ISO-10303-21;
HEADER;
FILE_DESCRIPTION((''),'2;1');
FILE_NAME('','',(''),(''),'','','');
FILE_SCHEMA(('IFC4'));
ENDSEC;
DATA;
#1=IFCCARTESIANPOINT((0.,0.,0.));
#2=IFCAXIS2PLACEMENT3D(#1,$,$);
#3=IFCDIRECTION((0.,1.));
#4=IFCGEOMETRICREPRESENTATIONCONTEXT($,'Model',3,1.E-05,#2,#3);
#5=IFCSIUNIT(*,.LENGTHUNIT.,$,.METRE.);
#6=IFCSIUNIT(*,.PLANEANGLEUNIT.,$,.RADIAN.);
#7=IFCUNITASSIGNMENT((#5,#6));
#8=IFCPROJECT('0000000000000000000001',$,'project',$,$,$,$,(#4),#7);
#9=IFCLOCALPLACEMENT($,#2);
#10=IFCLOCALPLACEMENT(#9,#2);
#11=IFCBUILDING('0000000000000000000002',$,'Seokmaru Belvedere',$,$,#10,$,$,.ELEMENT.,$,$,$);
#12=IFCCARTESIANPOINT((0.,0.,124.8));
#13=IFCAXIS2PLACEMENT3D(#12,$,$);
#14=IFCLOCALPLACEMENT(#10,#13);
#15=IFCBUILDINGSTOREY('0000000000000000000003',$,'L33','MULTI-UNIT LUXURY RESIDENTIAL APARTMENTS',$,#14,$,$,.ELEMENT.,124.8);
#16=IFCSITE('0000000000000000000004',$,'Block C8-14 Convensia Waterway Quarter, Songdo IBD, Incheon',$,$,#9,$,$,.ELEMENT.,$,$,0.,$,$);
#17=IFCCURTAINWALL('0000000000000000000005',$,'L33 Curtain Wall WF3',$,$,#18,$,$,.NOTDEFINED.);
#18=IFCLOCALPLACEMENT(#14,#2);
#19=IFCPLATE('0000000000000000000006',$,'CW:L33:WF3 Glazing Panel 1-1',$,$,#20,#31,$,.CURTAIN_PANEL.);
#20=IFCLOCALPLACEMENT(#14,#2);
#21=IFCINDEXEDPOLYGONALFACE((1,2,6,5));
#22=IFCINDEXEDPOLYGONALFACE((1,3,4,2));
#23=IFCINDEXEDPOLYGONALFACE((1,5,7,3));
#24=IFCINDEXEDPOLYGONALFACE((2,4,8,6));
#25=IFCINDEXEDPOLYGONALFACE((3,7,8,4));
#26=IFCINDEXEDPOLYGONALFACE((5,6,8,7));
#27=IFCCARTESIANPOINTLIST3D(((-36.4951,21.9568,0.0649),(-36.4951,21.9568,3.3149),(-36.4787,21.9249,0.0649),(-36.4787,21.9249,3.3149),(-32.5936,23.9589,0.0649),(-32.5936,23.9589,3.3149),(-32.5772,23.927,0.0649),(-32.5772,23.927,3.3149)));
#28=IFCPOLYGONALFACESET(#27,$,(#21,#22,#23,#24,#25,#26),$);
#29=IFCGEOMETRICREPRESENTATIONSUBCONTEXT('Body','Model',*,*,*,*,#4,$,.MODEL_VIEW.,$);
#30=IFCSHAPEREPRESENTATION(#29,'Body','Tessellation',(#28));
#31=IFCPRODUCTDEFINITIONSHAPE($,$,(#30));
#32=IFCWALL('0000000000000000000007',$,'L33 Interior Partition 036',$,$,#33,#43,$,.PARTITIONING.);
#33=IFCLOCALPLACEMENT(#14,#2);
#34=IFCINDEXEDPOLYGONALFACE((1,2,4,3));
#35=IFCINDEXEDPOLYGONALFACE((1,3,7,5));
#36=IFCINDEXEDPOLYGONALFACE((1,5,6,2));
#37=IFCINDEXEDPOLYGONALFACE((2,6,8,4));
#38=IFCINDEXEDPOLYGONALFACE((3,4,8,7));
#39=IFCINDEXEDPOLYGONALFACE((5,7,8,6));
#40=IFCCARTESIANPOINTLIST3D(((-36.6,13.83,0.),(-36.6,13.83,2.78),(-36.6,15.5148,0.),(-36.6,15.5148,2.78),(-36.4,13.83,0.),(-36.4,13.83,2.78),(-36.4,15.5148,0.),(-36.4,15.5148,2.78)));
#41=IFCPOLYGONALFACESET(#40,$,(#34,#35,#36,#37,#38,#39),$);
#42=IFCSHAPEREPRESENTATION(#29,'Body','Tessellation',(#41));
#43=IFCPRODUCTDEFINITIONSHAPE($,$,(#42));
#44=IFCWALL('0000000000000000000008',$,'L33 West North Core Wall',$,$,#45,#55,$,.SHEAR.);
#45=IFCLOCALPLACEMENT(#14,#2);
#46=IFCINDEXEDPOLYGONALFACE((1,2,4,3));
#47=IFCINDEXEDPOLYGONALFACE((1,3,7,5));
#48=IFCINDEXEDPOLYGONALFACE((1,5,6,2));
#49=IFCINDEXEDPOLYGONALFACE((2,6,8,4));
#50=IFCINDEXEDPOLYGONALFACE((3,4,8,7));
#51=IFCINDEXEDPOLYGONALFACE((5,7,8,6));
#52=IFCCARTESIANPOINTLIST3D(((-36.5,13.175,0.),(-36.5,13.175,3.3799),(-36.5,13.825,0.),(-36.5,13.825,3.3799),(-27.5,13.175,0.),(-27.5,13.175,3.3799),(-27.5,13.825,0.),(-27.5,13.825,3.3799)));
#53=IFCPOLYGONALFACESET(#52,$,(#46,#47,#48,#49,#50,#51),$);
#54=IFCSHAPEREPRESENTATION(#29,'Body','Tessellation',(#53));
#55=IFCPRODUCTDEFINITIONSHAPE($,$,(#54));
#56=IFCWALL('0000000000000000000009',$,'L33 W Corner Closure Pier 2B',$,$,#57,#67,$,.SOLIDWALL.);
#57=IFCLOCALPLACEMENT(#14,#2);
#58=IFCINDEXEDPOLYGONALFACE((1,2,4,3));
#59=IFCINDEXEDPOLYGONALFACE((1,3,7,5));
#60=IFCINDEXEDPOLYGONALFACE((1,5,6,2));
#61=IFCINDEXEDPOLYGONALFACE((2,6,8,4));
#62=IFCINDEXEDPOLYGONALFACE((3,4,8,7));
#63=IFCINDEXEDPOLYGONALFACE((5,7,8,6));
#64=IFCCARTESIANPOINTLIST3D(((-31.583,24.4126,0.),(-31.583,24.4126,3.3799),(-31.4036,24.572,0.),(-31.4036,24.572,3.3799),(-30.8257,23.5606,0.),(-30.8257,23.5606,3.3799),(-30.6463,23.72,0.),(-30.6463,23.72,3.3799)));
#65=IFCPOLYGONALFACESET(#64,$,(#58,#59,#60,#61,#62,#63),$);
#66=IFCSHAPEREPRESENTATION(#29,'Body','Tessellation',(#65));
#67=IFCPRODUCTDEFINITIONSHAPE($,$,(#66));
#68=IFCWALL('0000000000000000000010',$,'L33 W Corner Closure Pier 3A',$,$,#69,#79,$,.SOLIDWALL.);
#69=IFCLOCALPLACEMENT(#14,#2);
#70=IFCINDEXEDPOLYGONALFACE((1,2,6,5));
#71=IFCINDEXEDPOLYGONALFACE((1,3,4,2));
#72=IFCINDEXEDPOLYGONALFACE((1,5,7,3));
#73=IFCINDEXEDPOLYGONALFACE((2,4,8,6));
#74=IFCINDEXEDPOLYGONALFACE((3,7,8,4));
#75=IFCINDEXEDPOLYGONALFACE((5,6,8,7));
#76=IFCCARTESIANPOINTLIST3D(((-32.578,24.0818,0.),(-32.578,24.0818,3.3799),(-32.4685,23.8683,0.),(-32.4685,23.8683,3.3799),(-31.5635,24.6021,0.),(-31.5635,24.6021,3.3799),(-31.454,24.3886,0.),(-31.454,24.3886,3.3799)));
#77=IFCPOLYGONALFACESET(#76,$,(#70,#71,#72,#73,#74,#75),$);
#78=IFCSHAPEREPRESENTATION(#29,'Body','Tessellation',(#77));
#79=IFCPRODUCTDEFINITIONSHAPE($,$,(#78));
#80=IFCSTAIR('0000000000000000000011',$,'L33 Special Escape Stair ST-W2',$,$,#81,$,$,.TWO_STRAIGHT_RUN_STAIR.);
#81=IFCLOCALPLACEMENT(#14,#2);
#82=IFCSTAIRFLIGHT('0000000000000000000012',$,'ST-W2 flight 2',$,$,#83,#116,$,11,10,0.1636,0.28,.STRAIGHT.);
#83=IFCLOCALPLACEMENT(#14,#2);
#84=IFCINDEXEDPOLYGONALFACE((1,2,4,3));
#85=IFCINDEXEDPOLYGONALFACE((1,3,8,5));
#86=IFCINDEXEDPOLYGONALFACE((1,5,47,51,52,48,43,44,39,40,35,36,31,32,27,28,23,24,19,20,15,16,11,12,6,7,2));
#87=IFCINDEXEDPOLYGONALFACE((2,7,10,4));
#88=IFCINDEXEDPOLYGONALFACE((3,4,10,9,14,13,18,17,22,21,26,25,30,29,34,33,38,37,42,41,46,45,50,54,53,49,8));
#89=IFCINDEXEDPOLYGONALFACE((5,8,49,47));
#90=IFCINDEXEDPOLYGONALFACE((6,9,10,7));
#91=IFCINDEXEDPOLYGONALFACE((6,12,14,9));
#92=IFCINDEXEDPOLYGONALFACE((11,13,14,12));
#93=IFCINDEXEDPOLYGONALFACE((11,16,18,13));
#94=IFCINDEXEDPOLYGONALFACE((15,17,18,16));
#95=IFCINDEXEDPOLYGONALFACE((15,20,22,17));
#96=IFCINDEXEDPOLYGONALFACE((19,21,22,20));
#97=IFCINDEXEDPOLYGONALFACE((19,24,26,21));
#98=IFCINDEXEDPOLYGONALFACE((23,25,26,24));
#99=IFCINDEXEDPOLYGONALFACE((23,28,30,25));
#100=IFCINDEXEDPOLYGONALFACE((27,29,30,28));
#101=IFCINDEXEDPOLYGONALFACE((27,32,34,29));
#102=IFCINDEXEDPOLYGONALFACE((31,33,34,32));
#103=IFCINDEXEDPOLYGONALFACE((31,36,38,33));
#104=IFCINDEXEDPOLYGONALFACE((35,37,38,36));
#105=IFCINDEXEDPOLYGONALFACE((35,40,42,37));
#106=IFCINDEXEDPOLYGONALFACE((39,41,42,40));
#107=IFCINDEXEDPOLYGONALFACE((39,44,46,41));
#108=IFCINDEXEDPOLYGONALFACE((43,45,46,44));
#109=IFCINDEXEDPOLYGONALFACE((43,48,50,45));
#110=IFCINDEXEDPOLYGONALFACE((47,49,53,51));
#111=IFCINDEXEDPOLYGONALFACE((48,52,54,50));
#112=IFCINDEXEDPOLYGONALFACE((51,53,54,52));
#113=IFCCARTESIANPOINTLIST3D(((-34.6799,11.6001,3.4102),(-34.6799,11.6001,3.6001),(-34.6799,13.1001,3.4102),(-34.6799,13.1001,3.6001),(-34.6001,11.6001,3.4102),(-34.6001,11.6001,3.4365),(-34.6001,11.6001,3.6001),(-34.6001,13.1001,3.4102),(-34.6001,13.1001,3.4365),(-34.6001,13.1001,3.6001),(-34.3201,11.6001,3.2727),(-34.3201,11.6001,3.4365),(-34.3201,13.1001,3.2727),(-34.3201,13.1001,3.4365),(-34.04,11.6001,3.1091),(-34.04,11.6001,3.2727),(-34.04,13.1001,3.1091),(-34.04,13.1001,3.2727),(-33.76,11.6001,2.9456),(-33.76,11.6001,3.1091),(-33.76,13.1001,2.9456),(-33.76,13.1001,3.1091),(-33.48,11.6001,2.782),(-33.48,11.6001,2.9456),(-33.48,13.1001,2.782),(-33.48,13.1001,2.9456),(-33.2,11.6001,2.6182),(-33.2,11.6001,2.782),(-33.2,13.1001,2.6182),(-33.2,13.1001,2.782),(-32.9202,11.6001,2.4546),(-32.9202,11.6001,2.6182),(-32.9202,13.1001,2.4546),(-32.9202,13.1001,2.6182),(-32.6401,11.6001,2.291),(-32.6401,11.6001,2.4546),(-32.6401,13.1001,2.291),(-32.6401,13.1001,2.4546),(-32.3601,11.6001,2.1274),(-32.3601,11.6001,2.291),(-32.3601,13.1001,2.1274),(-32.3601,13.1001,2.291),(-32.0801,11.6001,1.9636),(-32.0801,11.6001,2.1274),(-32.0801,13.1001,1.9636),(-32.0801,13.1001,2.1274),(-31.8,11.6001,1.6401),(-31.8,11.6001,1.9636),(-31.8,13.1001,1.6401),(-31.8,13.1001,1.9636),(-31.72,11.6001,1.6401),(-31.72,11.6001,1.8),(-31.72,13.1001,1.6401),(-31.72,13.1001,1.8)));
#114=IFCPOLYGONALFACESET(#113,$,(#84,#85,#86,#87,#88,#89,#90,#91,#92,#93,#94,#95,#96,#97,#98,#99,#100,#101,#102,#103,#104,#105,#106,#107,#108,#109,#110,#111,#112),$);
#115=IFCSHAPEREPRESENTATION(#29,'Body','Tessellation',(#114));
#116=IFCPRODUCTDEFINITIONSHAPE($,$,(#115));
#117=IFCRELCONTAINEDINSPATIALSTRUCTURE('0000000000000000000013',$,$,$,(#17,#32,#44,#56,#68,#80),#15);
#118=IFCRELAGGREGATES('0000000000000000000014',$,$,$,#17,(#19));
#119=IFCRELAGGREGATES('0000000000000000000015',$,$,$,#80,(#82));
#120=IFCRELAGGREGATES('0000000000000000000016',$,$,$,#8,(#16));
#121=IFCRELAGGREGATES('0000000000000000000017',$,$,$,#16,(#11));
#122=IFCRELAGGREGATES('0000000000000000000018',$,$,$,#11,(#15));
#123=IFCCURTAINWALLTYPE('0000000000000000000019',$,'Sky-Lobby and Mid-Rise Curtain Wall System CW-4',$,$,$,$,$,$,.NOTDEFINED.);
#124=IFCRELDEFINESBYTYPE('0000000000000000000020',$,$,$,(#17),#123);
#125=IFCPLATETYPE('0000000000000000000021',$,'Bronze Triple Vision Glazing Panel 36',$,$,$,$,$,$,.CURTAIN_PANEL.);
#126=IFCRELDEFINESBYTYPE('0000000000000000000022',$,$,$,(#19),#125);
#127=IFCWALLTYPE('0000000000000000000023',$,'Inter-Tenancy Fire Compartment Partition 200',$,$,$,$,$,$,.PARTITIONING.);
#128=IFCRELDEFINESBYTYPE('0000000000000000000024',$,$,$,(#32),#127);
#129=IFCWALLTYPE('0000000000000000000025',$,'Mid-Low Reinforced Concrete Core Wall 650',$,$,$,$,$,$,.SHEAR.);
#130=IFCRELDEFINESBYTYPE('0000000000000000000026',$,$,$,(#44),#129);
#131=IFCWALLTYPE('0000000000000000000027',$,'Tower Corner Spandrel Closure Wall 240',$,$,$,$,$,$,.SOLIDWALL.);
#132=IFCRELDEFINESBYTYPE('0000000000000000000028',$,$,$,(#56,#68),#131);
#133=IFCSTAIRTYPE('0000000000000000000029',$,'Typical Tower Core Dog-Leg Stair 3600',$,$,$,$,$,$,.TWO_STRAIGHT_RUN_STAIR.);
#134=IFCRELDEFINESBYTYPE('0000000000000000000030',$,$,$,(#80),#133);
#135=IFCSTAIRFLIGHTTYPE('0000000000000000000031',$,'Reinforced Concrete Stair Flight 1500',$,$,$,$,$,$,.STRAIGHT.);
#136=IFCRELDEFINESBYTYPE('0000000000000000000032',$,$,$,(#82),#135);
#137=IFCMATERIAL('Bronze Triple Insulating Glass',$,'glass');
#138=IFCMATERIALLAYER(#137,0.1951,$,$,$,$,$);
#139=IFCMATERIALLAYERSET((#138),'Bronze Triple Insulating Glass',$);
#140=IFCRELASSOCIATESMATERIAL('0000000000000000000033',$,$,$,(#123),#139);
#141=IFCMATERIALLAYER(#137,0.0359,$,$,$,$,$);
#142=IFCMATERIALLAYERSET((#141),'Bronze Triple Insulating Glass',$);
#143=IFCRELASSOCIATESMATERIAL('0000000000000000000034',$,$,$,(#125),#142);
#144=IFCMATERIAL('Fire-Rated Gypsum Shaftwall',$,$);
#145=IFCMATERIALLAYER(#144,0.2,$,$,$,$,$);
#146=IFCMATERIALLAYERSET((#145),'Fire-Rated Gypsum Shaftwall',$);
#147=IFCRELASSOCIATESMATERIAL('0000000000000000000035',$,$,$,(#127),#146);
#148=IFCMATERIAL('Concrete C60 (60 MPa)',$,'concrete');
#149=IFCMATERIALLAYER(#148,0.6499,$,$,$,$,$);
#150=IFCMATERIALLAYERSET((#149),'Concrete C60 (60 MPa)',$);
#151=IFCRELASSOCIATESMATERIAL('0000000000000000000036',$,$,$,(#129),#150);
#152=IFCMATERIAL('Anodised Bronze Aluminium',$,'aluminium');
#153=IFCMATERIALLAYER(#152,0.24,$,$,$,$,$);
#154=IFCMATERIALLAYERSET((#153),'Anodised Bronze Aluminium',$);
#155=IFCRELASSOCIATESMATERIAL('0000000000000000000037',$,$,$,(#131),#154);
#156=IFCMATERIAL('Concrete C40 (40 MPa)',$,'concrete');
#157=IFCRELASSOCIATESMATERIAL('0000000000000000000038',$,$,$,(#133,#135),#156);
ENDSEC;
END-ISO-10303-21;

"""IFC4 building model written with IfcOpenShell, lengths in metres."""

from ifc_helpers import new_model, si_unit, direction, frame, frame_2d, origin, origin_2d, place, context, subcontext, project, spatial, polyline, rectangle, outline, extrude, source, transform, mapped, material, layer, layer_set, type_object, type_shapes, element, aggregate, save


model = new_model("IFC4")

# Units and contexts
model_context = context("Model", 3, precision=1e-05, world=origin(), true_north=direction((0.0, 1.0)))
body_context = subcontext(model_context, "Body", "Model", "MODEL_VIEW")
ifc_project = project(units=[si_unit("LENGTHUNIT", "METRE"), si_unit("PLANEANGLEUNIT", "RADIAN")], contexts=[model_context])

# Site, building, storey
site_placement = place(None, origin())
site = spatial("IfcSite", under=ifc_project, at=site_placement, Name="Block C8-14 Convensia Waterway Quarter, Songdo IBD, Incheon", CompositionType="ELEMENT", RefElevation=0.0)
building_placement = place(site_placement, origin())
building = spatial("IfcBuilding", under=site, at=building_placement, Name="Seokmaru Belvedere", CompositionType="ELEMENT")
storey_placement = place(building_placement, frame((0.0, 0.0, 124.8)))
storey = spatial("IfcBuildingStorey", under=building, at=storey_placement, Name="L33", Description="MULTI-UNIT LUXURY RESIDENTIAL APARTMENTS", CompositionType="ELEMENT", Elevation=124.8)

# Curtain wall, plate
ifc_material_1 = material(Name="Bronze Triple Insulating Glass", Category="glass")
ifc_layer_1 = layer(ifc_material_1, 0.1951)
ifc_layer_set_1 = layer_set([ifc_layer_1], Name="Bronze Triple Insulating Glass")
curtain_wall_type = type_object("IfcCurtainWallType", Name="Sky-Lobby and Mid-Rise Curtain Wall System CW-4", PredefinedType="NOTDEFINED", material=ifc_layer_set_1)
curtain_wall_placement = place(storey_placement, origin())
curtain_wall = element("IfcCurtainWall", 1, at=curtain_wall_placement, inside=storey, type_object=curtain_wall_type, Name="L33 Curtain Wall WF3", PredefinedType="NOTDEFINED")
ifc_material_2 = material(Name="Anodised Bronze Aluminium", Category="aluminium")
ifc_layer_2 = layer(ifc_material_1, 0.0359)
ifc_layer_set_2 = layer_set([ifc_layer_2], Name="Bronze Triple Insulating Glass")
plate_type = type_object("IfcPlateType", Name="Bronze Triple Vision Glazing Panel 36", PredefinedType="CURTAIN_PANEL", material=ifc_layer_set_2)
shared_shape_1 = source(origin(), body_context, "Body", "SweptSolid", [
    extrude(rectangle(XDim=4.3853, YDim=0.0359, at=origin_2d()), origin(), (0.0, 0.0, 1.0), 3.25),
])
type_shapes(plate_type, [shared_shape_1])
plate_placement = place(storey_placement, frame((-34.5361, 22.9419, 0.0649), z_axis=(0.0, 0.0, 1.0), x_axis=(-0.889695, -0.456555, 0.0)))
plate = element("IfcPlate", 2, at=plate_placement, type_object=plate_type, Name="CW:L33:WF3 Glazing Panel 1-1", PredefinedType="CURTAIN_PANEL", context=body_context, shape_type="MappedRepresentation", body=[
    mapped(shared_shape_1, transform((0.0, 0.0, 0.0), scale=1.0)),
])
aggregate(curtain_wall, [plate])

# Walls
ifc_material_3 = material(Name="Fire-Rated Gypsum Shaftwall")
ifc_layer_3 = layer(ifc_material_3, 0.2)
ifc_layer_set_3 = layer_set([ifc_layer_3], Name="Fire-Rated Gypsum Shaftwall")
wall_type_1 = type_object("IfcWallType", Name="Inter-Tenancy Fire Compartment Partition 200", PredefinedType="PARTITIONING", material=ifc_layer_set_3)
wall_1_placement = place(storey_placement, frame((-36.5, 13.8301, 0.0), z_axis=(0.0, 0.0, 1.0), x_axis=(0.0, 1.0, 0.0)))
element("IfcWall", 3, at=wall_1_placement, inside=storey, type_object=wall_type_1, Name="L33 Interior Partition 036", PredefinedType="PARTITIONING", context=body_context, shape_type="SweptSolid", body=[
    extrude(rectangle(XDim=1.6848, YDim=0.2, at=frame_2d((0.8423, 0.0))), origin(), (0.0, 0.0, 1.0), 2.78),
])
ifc_material_4 = material(Name="Concrete C60 (60 MPa)", Category="concrete")
ifc_layer_4 = layer(ifc_material_4, 0.6499)
ifc_layer_set_4 = layer_set([ifc_layer_4], Name="Concrete C60 (60 MPa)")
wall_type_2 = type_object("IfcWallType", Name="Mid-Low Reinforced Concrete Core Wall 650", PredefinedType="SHEAR", material=ifc_layer_set_4)
wall_2_placement = place(storey_placement, frame((-36.5, 13.5, 0.0), z_axis=(0.0, 0.0, 1.0), x_axis=(1.0, 0.0, 0.0)))
element("IfcWall", 4, at=wall_2_placement, inside=storey, type_object=wall_type_2, Name="L33 West North Core Wall", PredefinedType="SHEAR", context=body_context, shape_type="SweptSolid", body=[
    extrude(rectangle(XDim=9.0, YDim=0.6499, at=frame_2d((4.5, 0.0))), origin(), (0.0, 0.0, 1.0), 3.3799),
])
ifc_layer_5 = layer(ifc_material_2, 0.24)
ifc_layer_set_5 = layer_set([ifc_layer_5], Name="Anodised Bronze Aluminium")
wall_type_3 = type_object("IfcWallType", Name="Tower Corner Spandrel Closure Wall 240", PredefinedType="SOLIDWALL", material=ifc_layer_set_5)
wall_3_placement = place(storey_placement, frame((-30.7361, 23.6404, 0.0), z_axis=(0.0, 0.0, 1.0), x_axis=(-0.664337, 0.747433, 0.0)))
element("IfcWall", 5, at=wall_3_placement, inside=storey, type_object=wall_type_3, Name="L33 W Corner Closure Pier 2B", PredefinedType="SOLIDWALL", context=body_context, shape_type="SweptSolid", body=[
    extrude(rectangle(XDim=1.1399, YDim=0.24, at=frame_2d((0.5698, 0.0))), origin(), (0.0, 0.0, 1.0), 3.3799),
])
wall_4_placement = place(storey_placement, frame((-31.5088, 24.4954, 0.0), z_axis=(0.0, 0.0, 1.0), x_axis=(-0.889797, -0.456356, 0.0)))
element("IfcWall", 6, at=wall_4_placement, inside=storey, type_object=wall_type_3, Name="L33 W Corner Closure Pier 3A", PredefinedType="SOLIDWALL", context=body_context, shape_type="SweptSolid", body=[
    extrude(rectangle(XDim=1.1401, YDim=0.24, at=frame_2d((0.5701, 0.0))), origin(), (0.0, 0.0, 1.0), 3.3799),
])

# Stair, stair flight
ifc_material_5 = material(Name="Concrete C40 (40 MPa)", Category="concrete")
stair_type = type_object("IfcStairType", Name="Typical Tower Core Dog-Leg Stair 3600", PredefinedType="TWO_STRAIGHT_RUN_STAIR", material=ifc_material_5)
stair_placement = place(storey_placement, origin())
stair = element("IfcStair", 7, at=stair_placement, inside=storey, type_object=stair_type, Name="L33 Special Escape Stair ST-W2", PredefinedType="TWO_STRAIGHT_RUN_STAIR")
stair_flight_type = type_object("IfcStairFlightType", Name="Reinforced Concrete Stair Flight 1500", PredefinedType="STRAIGHT", material=ifc_material_5)
stair_flight_placement = place(storey_placement, frame((-31.8, 12.3501, 1.8), z_axis=(0.0, 0.0, 1.0), x_axis=(-1.0, 0.0, 0.0)))
stair_flight = element("IfcStairFlight", 8, at=stair_flight_placement, type_object=stair_flight_type, Name="ST-W2 flight 2", NumberOfRisers=11, NumberOfTreads=10, PredefinedType="STRAIGHT", RiserHeight=0.1636, TreadLength=0.28, context=body_context, shape_type="SweptSolid", body=[
    extrude(outline(polyline([(-0.0801, 0.0), (0.0, 0.1636), (0.28, 0.1636), (0.28, 0.3274), (0.5601, 0.3274), (0.5601, 0.491), (0.8401, 0.491), (0.8401, 0.6545), (1.1201, 0.6545), (1.1201, 0.8181), (1.3999, 0.8181), (1.3999, 0.9819), (1.6799, 0.9819), (1.6799, 1.1455), (1.96, 1.1455), (1.96, 1.3091), (2.24, 1.3091), (2.24, 1.4727), (2.52, 1.4727), (2.52, 1.6365), (2.8, 1.6365), (2.8, 1.8), (2.8799, 1.8), (2.8799, 1.6101), (2.8, 1.6101), (0.0, -0.1599), (-0.0801, -0.1599), (-0.0801, 0.0)])), frame((0.0, 0.75, 0.0), z_axis=(0.0, -1.0, 0.0), x_axis=(1.0, 0.0, 0.0)), (0.0, 0.0, 1.0), 1.5),
])
aggregate(stair, [stair_flight])

save(model, "model.ifc")
